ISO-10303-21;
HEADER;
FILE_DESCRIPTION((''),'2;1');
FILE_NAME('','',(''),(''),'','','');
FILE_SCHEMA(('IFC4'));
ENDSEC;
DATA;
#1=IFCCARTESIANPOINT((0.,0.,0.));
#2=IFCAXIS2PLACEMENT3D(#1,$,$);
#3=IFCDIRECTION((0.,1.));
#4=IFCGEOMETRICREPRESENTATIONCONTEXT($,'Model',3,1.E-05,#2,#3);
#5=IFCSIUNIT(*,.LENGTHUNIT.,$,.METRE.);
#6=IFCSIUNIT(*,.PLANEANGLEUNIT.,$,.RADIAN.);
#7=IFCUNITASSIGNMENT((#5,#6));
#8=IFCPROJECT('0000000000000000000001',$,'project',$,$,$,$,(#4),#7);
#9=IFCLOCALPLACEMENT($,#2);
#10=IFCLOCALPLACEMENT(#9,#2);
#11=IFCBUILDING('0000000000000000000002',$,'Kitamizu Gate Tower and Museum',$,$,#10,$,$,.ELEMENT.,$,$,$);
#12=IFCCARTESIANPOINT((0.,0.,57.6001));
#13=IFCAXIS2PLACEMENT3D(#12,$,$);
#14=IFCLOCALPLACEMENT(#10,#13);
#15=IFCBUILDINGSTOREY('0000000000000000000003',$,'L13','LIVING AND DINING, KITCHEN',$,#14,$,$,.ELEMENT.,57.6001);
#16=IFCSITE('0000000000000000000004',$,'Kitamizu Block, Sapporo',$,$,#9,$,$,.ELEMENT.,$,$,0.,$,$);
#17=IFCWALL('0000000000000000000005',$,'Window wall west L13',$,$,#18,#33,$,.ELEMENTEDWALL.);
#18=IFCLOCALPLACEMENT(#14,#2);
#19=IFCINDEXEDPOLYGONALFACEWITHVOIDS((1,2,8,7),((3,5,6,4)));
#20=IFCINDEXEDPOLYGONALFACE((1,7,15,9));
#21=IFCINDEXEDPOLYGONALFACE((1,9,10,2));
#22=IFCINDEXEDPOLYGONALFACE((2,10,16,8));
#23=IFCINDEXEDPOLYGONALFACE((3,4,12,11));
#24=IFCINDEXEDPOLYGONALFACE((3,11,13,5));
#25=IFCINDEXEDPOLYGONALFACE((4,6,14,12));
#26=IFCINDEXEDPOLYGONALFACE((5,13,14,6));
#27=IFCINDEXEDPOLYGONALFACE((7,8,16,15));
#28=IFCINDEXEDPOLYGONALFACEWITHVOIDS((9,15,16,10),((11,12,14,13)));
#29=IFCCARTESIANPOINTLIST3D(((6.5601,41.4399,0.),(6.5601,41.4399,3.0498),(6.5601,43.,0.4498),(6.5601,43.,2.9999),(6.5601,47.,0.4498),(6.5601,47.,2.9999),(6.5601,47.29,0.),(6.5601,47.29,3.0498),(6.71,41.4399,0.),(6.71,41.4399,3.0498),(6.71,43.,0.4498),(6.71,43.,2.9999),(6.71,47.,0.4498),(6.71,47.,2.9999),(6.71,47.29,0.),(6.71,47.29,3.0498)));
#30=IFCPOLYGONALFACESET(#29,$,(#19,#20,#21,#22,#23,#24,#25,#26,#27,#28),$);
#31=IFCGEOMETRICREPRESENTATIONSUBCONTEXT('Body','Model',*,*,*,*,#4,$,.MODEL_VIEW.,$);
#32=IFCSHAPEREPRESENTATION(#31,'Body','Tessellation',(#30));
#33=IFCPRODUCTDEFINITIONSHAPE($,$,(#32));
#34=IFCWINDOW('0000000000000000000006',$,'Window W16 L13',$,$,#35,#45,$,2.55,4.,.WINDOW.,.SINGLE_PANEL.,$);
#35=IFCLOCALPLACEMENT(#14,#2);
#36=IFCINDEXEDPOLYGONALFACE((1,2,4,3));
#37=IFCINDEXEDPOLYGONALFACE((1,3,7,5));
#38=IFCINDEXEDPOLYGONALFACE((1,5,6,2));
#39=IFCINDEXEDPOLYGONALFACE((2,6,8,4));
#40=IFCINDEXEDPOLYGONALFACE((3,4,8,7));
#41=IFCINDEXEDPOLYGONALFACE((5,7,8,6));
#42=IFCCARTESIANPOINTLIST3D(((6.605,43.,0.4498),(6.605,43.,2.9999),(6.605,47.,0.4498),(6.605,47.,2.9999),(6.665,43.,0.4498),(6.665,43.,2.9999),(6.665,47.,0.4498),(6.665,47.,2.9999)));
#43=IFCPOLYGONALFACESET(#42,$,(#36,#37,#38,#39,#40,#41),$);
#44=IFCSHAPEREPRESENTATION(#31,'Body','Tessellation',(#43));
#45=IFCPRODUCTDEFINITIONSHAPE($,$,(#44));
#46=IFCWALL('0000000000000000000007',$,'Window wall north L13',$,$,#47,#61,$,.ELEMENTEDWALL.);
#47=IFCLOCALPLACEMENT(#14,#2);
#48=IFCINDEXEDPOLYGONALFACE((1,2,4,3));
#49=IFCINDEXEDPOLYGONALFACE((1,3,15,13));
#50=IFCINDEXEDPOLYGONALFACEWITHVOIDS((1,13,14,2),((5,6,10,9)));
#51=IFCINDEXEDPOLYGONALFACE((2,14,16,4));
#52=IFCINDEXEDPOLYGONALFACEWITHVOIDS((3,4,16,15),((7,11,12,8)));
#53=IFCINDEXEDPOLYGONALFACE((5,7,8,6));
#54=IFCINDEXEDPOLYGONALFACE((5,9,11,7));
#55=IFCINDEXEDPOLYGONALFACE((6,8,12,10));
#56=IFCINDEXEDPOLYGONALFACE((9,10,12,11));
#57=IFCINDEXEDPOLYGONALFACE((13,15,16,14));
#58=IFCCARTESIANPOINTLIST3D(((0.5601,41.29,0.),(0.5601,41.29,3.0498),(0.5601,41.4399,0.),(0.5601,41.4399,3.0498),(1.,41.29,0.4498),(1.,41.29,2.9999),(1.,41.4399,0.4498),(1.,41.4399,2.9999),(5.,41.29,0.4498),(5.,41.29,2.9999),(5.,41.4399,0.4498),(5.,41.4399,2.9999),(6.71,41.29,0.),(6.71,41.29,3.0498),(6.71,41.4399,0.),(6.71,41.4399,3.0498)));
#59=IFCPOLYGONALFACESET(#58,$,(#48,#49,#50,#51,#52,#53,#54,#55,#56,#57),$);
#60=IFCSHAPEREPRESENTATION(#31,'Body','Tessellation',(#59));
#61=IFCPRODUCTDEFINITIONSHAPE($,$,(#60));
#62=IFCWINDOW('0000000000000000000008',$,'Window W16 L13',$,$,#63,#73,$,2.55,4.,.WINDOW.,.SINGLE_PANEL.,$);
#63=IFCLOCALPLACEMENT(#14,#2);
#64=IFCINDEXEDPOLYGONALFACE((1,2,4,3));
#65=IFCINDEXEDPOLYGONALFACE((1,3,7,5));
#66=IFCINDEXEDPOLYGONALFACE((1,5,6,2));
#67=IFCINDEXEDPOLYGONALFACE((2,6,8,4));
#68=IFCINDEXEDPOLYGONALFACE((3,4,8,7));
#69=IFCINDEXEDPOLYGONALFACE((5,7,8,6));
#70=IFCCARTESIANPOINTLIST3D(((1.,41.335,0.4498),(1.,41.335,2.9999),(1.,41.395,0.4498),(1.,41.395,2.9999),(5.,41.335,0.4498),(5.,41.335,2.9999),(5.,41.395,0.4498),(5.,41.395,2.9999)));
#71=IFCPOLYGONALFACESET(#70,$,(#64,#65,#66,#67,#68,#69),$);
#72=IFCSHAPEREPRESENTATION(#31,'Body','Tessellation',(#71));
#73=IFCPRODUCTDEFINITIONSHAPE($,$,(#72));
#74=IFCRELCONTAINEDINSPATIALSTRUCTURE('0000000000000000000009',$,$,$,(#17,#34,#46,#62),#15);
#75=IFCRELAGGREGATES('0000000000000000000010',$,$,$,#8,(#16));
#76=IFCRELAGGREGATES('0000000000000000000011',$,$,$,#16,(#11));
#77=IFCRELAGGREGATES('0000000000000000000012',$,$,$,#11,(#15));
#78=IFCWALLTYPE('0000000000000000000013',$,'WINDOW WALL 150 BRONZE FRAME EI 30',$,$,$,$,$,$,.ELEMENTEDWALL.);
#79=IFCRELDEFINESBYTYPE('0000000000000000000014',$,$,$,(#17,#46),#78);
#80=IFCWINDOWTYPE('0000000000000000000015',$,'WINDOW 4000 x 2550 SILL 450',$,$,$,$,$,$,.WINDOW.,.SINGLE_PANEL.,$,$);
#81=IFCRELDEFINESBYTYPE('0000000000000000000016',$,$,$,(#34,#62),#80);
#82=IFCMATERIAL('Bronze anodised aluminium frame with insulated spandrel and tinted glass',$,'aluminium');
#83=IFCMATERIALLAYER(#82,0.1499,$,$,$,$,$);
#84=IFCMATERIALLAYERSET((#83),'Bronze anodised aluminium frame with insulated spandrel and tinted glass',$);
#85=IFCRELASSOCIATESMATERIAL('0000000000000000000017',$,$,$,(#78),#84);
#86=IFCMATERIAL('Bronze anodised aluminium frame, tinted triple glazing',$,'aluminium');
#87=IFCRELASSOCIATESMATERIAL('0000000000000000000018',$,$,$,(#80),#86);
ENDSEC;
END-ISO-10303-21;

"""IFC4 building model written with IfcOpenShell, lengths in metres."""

from ifc_helpers import new_model, si_unit, direction, frame, frame_2d, origin, place, context, subcontext, project, spatial, rectangle, extrude, material, layer, layer_set, type_object, element, fill, save


model = new_model("IFC4")

# Units and contexts
model_context = context("Model", 3, precision=1e-05, world=origin(), true_north=direction((0.0, 1.0)))
body_context = subcontext(model_context, "Body", "Model", "MODEL_VIEW")
ifc_project = project(units=[si_unit("LENGTHUNIT", "METRE"), si_unit("PLANEANGLEUNIT", "RADIAN")], contexts=[model_context])

# Site, building, storey
site_placement = place(None, origin())
site = spatial("IfcSite", under=ifc_project, at=site_placement, Name="Kitamizu Block, Sapporo", CompositionType="ELEMENT", RefElevation=0.0)
building_placement = place(site_placement, origin())
building = spatial("IfcBuilding", under=site, at=building_placement, Name="Kitamizu Gate Tower and Museum", CompositionType="ELEMENT")
storey_placement = place(building_placement, frame((0.0, 0.0, 57.6001)))
storey = spatial("IfcBuildingStorey", under=building, at=storey_placement, Name="L13", Description="LIVING AND DINING, KITCHEN", CompositionType="ELEMENT", Elevation=57.6001)

# Shared definitions
ifc_material_1 = material(Name="Bronze anodised aluminium frame with insulated spandrel and tinted glass", Category="aluminium")
ifc_layer_1 = layer(ifc_material_1, 0.1499)
ifc_layer_set_1 = layer_set([ifc_layer_1], Name="Bronze anodised aluminium frame with insulated spandrel and tinted glass")
wall_type_1 = type_object("IfcWallType", Name="WINDOW WALL 150 BRONZE FRAME EI 30", PredefinedType="ELEMENTEDWALL", material=ifc_layer_set_1)

# Walls, openings, windows
wall_1_placement = place(storey_placement, frame((6.635, 41.4399, 0.0), z_axis=(0.0, 0.0, 1.0), x_axis=(0.0, 1.0, 0.0)))
wall_1 = element("IfcWall", 1, at=wall_1_placement, inside=storey, type_object=wall_type_1, Name="Window wall west L13", PredefinedType="ELEMENTEDWALL", context=body_context, shape_type="SweptSolid", body=[
    extrude(rectangle(XDim=5.8501, YDim=0.1499, at=frame_2d((2.925, 0.0))), origin(), (0.0, 0.0, 1.0), 3.0498),
])
opening_1_placement = place(wall_1_placement, frame((1.5601, 0.0, 0.45)))
opening_1 = element("IfcOpeningElement", 2, at=opening_1_placement, cuts=wall_1, PredefinedType="OPENING", context=body_context, shape_type="SweptSolid", body=[
    extrude(rectangle(XDim=4.0, YDim=2.55, at=frame_2d((2.0, 1.2749))), frame((0.0, 0.085, 0.0), z_axis=(0.0, -1.0, 0.0), x_axis=(1.0, 0.0, 0.0)), (0.0, 0.0, 1.0), 0.1699),
])
ifc_material_2 = material(Name="Bronze anodised aluminium frame, tinted triple glazing", Category="aluminium")
window_type_1 = type_object("IfcWindowType", Name="WINDOW 4000 x 2550 SILL 450", PartitioningType="SINGLE_PANEL", PredefinedType="WINDOW", material=ifc_material_2)
window_1_placement = place(opening_1_placement, origin())
window_1 = element("IfcWindow", 3, at=window_1_placement, inside=storey, type_object=window_type_1, Name="Window W16 L13", OverallHeight=2.55, OverallWidth=4.0, PartitioningType="SINGLE_PANEL", PredefinedType="WINDOW", context=body_context, shape_type="SweptSolid", body=[
    extrude(rectangle(XDim=4.0, YDim=2.55, at=frame_2d((2.0, 1.2749))), frame((0.0, 0.03, 0.0), z_axis=(0.0, -1.0, 0.0), x_axis=(1.0, 0.0, 0.0)), (0.0, 0.0, 1.0), 0.0601),
])
fill(opening_1, window_1)
wall_2_placement = place(storey_placement, frame((0.5601, 41.365, 0.0), z_axis=(0.0, 0.0, 1.0), x_axis=(1.0, 0.0, 0.0)))
wall_2 = element("IfcWall", 4, at=wall_2_placement, inside=storey, type_object=wall_type_1, Name="Window wall north L13", PredefinedType="ELEMENTEDWALL", context=body_context, shape_type="SweptSolid", body=[
    extrude(rectangle(XDim=6.1499, YDim=0.1499, at=frame_2d((3.075, 0.0))), origin(), (0.0, 0.0, 1.0), 3.0498),
])
opening_2_placement = place(wall_2_placement, frame((0.4399, 0.0, 0.45)))
opening_2 = element("IfcOpeningElement", 5, at=opening_2_placement, cuts=wall_2, PredefinedType="OPENING", context=body_context, shape_type="SweptSolid", body=[
    extrude(rectangle(XDim=4.0, YDim=2.55, at=frame_2d((2.0, 1.2749))), frame((0.0, 0.085, 0.0), z_axis=(0.0, -1.0, 0.0), x_axis=(1.0, 0.0, 0.0)), (0.0, 0.0, 1.0), 0.1699),
])
window_2_placement = place(opening_2_placement, origin())
window_2 = element("IfcWindow", 6, at=window_2_placement, inside=storey, type_object=window_type_1, Name="Window W16 L13", OverallHeight=2.55, OverallWidth=4.0, PartitioningType="SINGLE_PANEL", PredefinedType="WINDOW", context=body_context, shape_type="SweptSolid", body=[
    extrude(rectangle(XDim=4.0, YDim=2.55, at=frame_2d((2.0, 1.2749))), frame((0.0, 0.03, 0.0), z_axis=(0.0, -1.0, 0.0), x_axis=(1.0, 0.0, 0.0)), (0.0, 0.0, 1.0), 0.0601),
])
fill(opening_2, window_2)

save(model, "model.ifc")
